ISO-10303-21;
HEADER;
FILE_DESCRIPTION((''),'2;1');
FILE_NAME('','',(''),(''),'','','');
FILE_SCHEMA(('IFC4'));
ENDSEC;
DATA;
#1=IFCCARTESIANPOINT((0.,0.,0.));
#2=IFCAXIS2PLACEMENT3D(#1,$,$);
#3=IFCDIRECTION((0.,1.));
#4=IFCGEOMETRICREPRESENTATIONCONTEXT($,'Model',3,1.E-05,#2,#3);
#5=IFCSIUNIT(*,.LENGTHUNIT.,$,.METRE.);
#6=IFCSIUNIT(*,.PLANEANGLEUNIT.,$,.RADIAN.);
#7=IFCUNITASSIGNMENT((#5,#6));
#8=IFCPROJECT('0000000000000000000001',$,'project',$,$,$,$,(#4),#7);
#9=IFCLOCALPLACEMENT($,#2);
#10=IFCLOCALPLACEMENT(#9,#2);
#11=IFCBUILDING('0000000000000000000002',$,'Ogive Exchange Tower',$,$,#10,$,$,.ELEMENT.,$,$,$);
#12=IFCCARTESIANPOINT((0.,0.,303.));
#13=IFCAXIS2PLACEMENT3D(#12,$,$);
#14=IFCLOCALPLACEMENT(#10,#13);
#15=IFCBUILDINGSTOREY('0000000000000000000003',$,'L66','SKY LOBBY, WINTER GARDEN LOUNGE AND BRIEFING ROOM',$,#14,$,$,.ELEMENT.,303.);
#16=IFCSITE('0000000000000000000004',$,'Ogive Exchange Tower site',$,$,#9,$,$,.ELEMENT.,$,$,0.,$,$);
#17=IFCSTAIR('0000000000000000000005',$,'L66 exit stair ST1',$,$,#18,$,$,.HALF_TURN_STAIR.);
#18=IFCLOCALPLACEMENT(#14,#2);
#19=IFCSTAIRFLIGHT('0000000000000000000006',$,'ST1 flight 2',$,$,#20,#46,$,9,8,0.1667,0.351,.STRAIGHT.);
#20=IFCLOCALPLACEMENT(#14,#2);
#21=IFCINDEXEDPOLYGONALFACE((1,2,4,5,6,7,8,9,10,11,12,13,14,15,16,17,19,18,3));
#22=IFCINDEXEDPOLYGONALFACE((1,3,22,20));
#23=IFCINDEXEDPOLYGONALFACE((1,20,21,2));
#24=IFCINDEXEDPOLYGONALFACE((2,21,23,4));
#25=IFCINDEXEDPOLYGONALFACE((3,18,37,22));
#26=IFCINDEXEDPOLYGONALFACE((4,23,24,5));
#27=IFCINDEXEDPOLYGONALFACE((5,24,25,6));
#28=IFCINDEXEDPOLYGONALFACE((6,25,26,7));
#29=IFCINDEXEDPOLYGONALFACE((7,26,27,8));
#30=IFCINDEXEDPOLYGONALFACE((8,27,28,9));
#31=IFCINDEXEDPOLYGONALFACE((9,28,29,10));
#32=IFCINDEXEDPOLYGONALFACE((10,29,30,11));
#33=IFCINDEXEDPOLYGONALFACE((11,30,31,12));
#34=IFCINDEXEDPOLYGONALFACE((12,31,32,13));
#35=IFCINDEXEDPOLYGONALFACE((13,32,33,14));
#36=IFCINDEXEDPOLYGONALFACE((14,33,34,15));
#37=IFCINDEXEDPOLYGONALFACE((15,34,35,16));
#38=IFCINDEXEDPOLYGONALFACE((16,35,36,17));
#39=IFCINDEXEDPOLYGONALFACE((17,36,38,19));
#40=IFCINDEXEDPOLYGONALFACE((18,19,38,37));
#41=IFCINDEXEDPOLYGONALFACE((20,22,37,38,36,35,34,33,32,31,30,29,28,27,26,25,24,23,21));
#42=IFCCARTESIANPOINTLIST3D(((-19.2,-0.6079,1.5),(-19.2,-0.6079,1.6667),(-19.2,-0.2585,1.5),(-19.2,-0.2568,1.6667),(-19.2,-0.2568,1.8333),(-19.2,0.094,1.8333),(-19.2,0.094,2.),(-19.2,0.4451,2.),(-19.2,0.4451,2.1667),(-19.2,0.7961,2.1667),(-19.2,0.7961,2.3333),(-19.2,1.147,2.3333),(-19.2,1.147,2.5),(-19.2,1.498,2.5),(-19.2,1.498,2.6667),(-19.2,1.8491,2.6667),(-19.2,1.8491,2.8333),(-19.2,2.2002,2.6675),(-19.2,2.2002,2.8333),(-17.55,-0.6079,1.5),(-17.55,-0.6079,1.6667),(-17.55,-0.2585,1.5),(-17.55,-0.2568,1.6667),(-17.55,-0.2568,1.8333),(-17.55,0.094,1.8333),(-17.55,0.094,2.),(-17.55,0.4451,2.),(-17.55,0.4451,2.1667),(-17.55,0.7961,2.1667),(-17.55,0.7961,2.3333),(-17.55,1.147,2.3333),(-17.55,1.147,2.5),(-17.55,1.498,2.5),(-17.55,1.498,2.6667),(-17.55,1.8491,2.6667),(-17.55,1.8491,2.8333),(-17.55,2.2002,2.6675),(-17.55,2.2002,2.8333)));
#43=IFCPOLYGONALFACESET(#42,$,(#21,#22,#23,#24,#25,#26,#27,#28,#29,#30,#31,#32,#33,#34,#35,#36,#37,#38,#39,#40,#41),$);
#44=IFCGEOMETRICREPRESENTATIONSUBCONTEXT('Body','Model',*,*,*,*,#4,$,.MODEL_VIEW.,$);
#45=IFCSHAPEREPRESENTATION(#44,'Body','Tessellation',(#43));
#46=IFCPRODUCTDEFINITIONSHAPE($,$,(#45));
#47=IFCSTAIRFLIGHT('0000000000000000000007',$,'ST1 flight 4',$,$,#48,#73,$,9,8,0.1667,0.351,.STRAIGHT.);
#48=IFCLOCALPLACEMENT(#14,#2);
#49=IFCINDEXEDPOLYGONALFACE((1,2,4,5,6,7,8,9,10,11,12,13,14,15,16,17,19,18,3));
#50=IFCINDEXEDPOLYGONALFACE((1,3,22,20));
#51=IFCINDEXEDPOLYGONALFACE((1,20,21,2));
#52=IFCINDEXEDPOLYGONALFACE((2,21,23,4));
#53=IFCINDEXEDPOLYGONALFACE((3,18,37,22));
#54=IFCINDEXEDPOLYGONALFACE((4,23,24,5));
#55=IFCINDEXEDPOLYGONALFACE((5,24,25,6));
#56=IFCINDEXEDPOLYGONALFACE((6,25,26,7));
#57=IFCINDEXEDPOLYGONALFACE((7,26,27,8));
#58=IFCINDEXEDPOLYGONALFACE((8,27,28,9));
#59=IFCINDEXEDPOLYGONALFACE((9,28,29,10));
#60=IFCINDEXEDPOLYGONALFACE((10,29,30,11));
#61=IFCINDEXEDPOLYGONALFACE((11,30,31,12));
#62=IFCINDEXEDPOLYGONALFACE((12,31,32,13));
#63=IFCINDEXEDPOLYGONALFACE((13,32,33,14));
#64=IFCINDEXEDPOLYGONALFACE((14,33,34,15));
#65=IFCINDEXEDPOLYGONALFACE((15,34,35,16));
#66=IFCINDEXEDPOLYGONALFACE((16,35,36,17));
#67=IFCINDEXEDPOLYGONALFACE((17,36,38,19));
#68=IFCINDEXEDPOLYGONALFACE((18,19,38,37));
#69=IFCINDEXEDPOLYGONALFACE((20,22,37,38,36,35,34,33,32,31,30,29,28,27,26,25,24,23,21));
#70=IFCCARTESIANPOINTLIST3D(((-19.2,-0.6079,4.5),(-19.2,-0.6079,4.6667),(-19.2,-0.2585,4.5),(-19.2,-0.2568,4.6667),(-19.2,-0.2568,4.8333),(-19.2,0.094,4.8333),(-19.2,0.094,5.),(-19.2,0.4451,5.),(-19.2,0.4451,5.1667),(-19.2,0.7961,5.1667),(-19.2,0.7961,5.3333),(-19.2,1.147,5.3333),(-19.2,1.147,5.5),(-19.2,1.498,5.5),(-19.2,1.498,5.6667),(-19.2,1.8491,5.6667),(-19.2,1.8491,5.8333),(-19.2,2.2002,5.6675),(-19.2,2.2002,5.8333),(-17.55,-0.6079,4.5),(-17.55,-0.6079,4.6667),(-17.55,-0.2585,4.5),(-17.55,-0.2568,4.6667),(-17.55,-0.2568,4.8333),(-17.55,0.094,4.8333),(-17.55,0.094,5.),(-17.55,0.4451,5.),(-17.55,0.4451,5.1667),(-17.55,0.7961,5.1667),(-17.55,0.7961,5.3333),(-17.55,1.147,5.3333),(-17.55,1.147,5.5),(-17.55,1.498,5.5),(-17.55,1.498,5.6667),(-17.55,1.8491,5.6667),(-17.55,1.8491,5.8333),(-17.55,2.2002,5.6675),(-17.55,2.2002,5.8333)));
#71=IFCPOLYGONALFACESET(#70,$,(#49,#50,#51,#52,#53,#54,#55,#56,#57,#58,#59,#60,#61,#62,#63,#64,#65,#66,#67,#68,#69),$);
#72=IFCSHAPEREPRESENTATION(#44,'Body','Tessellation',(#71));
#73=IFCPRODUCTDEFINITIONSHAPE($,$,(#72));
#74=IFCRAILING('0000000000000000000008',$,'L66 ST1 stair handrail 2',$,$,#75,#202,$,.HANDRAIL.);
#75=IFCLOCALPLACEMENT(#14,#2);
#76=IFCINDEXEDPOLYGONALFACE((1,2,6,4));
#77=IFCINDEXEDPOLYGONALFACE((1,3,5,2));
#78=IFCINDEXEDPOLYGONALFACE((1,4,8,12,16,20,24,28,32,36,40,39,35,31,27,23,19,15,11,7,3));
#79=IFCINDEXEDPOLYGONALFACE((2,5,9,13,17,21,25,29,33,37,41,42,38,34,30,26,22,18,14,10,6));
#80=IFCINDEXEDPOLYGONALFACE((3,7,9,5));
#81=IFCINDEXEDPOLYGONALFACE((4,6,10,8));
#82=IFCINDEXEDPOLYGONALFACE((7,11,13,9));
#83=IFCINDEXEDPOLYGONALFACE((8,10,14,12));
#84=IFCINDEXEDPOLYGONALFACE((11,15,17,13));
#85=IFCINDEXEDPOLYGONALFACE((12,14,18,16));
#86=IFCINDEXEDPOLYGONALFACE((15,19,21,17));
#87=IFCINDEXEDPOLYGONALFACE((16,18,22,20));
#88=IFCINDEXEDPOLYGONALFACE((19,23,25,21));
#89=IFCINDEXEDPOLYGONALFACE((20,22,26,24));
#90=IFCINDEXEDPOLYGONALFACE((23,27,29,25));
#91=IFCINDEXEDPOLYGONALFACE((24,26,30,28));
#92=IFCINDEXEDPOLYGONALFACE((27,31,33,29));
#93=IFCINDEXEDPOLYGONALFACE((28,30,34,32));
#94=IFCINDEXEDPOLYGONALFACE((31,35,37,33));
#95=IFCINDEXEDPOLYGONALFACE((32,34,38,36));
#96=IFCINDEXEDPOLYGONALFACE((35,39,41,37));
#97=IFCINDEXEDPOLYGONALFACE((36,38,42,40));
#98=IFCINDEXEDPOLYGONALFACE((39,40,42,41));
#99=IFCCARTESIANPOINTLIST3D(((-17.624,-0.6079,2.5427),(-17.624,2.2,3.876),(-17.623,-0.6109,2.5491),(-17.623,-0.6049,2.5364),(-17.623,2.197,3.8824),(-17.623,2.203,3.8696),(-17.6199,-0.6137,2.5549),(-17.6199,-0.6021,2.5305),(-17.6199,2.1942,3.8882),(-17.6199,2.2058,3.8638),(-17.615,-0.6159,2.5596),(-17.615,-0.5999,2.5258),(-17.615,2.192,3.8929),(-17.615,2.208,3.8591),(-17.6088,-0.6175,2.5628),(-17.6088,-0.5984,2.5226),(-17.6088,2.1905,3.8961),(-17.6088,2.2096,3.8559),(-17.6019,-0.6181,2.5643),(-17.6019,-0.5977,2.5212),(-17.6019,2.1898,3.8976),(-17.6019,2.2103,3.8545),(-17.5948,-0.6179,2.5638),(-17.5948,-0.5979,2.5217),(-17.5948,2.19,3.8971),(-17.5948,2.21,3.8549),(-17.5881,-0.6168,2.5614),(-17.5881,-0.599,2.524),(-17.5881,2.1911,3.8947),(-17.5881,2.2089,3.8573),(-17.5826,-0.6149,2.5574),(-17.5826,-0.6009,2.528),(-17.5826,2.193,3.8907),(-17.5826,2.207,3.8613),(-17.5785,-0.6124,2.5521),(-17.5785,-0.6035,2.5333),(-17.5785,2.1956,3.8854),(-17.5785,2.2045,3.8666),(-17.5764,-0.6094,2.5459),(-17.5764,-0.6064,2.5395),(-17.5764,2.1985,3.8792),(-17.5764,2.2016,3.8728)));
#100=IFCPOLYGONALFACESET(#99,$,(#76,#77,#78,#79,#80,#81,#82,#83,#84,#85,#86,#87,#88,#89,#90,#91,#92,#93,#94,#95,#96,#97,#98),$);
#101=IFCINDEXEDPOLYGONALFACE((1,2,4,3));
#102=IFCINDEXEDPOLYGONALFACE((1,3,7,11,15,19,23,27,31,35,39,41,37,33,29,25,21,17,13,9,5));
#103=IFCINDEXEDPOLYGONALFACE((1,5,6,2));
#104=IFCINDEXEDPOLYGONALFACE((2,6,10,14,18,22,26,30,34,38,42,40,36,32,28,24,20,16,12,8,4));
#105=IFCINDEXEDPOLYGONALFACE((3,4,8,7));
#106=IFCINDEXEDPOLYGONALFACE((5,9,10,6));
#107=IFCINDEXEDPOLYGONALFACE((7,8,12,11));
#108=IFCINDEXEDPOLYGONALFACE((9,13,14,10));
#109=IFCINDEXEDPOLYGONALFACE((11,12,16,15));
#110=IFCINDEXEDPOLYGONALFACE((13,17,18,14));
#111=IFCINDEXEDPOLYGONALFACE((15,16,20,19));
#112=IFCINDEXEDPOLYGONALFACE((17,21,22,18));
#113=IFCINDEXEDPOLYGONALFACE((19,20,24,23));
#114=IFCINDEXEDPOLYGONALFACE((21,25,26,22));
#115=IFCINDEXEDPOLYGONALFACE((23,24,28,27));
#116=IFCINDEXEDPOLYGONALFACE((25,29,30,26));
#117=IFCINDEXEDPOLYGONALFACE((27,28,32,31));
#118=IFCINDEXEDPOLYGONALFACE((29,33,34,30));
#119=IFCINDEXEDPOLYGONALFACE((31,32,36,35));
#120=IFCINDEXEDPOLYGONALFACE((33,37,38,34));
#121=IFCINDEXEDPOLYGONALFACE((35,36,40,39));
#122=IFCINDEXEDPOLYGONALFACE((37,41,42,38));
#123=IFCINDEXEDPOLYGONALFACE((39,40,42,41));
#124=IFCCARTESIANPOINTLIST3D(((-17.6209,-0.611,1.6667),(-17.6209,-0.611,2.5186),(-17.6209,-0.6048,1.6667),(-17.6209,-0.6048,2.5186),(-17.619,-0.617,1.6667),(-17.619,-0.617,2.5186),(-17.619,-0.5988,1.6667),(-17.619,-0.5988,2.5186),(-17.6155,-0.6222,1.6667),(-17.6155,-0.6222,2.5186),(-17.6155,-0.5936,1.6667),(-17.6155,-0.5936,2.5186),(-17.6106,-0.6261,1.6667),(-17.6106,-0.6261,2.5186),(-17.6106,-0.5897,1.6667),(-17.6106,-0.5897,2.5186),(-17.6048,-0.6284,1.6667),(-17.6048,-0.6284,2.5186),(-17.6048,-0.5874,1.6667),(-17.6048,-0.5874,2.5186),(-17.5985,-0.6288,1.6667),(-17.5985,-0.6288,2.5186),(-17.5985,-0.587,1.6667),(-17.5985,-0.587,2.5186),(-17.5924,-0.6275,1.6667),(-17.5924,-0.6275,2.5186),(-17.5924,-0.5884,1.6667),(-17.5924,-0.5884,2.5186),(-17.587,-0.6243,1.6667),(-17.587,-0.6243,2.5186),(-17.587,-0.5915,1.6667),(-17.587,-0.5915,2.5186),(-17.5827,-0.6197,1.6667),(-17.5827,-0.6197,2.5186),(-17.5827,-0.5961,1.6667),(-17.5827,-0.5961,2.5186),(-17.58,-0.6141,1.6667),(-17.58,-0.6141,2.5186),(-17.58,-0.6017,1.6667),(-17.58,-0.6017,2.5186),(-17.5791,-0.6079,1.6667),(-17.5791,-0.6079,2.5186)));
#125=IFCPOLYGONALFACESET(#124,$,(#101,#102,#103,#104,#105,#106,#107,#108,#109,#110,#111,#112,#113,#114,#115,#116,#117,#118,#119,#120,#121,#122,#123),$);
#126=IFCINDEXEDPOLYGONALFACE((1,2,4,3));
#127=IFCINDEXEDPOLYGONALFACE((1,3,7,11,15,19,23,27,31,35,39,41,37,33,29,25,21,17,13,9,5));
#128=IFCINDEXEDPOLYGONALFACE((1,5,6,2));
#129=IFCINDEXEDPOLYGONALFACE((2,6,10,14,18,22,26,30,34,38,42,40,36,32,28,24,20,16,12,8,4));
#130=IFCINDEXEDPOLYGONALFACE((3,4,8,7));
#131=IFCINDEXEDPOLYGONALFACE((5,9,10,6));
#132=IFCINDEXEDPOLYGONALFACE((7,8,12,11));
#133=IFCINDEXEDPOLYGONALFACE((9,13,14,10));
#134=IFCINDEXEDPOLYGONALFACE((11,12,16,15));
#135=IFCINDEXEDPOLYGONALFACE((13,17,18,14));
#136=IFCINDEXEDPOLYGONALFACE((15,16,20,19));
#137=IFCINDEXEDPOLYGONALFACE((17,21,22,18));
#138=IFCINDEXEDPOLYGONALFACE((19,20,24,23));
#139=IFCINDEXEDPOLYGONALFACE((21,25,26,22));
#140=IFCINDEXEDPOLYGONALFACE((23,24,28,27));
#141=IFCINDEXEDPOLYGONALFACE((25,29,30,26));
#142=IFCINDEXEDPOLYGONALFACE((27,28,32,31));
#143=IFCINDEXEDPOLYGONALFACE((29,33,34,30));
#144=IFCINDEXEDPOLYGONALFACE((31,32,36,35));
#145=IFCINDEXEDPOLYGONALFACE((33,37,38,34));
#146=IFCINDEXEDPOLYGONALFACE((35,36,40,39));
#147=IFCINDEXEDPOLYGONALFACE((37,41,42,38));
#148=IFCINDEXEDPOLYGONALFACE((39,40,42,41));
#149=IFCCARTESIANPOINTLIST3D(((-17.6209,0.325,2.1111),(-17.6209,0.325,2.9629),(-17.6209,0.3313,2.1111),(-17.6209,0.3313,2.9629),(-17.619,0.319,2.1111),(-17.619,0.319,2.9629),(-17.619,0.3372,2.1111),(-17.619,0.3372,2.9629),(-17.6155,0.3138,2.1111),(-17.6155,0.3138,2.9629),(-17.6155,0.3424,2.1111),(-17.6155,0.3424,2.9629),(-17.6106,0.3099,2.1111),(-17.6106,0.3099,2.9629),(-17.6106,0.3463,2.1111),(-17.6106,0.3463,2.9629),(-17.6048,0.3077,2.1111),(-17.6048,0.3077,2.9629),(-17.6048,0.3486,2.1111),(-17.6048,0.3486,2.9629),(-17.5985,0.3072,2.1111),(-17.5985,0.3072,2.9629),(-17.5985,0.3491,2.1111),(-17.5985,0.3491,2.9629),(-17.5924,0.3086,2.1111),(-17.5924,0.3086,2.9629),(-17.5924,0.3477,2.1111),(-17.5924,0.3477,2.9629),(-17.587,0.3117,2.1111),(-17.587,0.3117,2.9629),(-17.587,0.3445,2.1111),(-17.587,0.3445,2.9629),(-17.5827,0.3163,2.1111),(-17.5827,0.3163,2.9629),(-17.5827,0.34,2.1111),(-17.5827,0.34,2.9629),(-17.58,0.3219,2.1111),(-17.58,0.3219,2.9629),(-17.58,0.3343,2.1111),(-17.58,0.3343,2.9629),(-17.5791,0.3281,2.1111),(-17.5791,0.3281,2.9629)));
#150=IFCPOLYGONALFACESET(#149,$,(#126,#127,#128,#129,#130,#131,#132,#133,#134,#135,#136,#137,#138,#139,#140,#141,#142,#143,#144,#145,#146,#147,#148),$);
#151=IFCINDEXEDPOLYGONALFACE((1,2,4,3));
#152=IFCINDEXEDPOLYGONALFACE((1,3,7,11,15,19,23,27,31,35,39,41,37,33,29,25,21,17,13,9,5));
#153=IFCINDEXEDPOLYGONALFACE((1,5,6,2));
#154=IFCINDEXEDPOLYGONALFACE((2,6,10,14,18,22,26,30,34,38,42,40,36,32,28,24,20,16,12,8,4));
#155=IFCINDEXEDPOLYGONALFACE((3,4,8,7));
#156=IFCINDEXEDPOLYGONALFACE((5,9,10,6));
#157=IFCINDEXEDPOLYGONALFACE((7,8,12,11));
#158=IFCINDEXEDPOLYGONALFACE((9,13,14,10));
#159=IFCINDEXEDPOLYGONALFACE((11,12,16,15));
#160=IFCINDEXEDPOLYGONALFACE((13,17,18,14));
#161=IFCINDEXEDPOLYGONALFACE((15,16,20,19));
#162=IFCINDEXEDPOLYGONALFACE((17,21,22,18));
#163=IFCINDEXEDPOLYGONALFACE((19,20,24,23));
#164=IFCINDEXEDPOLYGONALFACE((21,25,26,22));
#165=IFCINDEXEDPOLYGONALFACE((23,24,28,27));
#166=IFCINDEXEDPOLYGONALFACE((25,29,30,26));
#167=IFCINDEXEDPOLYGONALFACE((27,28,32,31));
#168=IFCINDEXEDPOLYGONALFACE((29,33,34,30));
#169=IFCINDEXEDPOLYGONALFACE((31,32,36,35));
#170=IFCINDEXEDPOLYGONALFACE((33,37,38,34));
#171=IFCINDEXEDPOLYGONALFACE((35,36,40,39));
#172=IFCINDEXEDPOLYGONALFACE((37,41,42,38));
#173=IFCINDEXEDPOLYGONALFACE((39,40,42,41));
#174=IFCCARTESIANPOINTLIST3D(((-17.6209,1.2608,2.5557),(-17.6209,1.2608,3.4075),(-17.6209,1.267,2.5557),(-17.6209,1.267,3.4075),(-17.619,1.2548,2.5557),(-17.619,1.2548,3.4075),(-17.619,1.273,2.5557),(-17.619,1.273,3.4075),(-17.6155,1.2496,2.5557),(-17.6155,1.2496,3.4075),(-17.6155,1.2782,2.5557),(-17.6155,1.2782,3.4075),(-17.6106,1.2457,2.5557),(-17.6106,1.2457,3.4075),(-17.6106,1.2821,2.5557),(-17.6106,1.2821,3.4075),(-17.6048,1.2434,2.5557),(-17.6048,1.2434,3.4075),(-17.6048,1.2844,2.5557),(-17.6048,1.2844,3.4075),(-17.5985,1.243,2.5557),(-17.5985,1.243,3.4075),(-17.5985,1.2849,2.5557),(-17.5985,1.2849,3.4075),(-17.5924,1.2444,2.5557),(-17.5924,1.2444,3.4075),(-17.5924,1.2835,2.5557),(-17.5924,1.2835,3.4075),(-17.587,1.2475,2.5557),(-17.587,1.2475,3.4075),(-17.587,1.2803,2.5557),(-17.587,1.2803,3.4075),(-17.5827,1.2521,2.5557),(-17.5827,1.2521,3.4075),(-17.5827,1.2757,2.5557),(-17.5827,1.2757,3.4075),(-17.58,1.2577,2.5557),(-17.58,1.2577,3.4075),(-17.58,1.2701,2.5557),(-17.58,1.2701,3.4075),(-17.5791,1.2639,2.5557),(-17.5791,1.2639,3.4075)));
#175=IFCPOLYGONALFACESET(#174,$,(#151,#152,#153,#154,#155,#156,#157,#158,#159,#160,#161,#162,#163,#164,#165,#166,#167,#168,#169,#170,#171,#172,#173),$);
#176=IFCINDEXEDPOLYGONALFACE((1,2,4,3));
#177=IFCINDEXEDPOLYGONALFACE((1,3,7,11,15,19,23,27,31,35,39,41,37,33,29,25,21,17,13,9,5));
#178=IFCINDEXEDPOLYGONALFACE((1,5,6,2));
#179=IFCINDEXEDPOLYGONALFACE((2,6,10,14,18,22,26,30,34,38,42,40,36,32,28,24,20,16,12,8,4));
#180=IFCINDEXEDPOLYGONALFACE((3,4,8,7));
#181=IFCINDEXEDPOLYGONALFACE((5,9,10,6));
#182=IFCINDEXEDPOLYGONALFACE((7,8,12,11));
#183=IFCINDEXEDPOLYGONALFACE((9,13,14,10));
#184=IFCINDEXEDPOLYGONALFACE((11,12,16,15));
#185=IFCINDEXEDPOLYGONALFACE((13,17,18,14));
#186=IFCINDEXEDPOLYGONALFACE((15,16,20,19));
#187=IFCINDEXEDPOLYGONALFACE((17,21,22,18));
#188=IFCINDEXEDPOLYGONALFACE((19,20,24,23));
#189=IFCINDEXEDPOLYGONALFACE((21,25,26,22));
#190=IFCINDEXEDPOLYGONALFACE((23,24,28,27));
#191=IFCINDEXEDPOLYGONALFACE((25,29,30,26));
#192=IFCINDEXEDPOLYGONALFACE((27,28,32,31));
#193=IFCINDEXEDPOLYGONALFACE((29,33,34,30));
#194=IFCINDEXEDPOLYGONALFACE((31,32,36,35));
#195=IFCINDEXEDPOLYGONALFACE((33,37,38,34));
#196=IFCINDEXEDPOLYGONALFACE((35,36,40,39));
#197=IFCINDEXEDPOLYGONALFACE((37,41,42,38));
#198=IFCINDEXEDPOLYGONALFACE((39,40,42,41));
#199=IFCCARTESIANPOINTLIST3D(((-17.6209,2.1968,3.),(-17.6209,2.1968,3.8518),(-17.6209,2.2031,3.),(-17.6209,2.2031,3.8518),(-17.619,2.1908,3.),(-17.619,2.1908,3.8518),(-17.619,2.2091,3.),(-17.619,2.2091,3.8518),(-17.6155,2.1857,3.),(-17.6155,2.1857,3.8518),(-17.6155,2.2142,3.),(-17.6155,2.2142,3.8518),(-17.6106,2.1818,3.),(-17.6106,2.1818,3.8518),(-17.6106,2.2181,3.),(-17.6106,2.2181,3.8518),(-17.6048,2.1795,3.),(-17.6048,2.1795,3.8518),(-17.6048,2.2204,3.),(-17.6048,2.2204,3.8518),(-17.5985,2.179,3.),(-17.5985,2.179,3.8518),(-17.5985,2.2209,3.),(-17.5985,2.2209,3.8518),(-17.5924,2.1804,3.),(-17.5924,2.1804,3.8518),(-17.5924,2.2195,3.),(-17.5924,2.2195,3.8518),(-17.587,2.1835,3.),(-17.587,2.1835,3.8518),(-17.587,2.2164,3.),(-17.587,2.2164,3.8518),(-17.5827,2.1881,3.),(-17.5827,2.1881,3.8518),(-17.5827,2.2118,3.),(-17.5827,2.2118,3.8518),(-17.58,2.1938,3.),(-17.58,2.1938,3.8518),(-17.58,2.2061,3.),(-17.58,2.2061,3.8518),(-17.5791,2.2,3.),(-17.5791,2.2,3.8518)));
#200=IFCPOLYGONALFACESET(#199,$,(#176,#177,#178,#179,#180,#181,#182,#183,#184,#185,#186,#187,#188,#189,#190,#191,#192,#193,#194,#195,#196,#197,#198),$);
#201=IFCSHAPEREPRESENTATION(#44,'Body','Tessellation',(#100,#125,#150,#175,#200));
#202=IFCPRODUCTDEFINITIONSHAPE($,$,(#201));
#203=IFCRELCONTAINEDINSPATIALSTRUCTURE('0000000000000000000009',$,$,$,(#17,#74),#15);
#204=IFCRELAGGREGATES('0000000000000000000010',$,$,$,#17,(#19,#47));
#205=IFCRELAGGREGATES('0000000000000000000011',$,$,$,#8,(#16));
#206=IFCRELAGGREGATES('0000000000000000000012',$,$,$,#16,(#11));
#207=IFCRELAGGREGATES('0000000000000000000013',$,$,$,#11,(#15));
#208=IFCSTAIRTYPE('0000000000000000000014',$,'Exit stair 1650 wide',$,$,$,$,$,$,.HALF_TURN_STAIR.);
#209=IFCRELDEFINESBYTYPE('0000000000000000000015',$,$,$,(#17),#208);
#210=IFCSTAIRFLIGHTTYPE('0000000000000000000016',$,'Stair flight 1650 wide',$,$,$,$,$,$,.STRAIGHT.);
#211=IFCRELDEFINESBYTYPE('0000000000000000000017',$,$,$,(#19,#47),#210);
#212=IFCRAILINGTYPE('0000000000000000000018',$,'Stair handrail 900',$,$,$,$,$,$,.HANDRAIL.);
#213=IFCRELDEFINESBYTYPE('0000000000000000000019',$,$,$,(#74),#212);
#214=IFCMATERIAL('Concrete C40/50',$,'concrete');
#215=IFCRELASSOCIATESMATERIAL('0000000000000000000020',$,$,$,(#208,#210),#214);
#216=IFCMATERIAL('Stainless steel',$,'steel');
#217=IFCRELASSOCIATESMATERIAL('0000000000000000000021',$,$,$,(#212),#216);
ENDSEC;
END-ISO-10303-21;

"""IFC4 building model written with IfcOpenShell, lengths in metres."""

from ifc_helpers import new_model, si_unit, direction, frame, origin, origin_2d, place, context, subcontext, project, spatial, polyline, circle, outline, extrude, material, type_object, element, aggregate, save


model = new_model("IFC4")

# Units and contexts
model_context = context("Model", 3, precision=1e-05, world=origin(), true_north=direction((0.0, 1.0)))
body_context = subcontext(model_context, "Body", "Model", "MODEL_VIEW")
ifc_project = project(units=[si_unit("LENGTHUNIT", "METRE"), si_unit("PLANEANGLEUNIT", "RADIAN")], contexts=[model_context])

# Site, building, storey
site_placement = place(None, origin())
site = spatial("IfcSite", under=ifc_project, at=site_placement, Name="Ogive Exchange Tower site", CompositionType="ELEMENT", RefElevation=0.0)
building_placement = place(site_placement, origin())
building = spatial("IfcBuilding", under=site, at=building_placement, Name="Ogive Exchange Tower", CompositionType="ELEMENT")
storey_placement = place(building_placement, frame((0.0, 0.0, 303.0)))
storey = spatial("IfcBuildingStorey", under=building, at=storey_placement, Name="L66", Description="SKY LOBBY, WINTER GARDEN LOUNGE AND BRIEFING ROOM", CompositionType="ELEMENT", Elevation=303.0)

# Shared definitions
ifc_material_1 = material(Name="Stainless steel", Category="steel")

# Stair, stair flights
ifc_material_2 = material(Name="Concrete C40/50", Category="concrete")
stair_type = type_object("IfcStairType", Name="Exit stair 1650 wide", PredefinedType="HALF_TURN_STAIR", material=ifc_material_2)
stair_placement = place(storey_placement, origin())
stair = element("IfcStair", 1, at=stair_placement, inside=storey, type_object=stair_type, Name="L66 exit stair ST1", PredefinedType="HALF_TURN_STAIR")
stair_flight_type = type_object("IfcStairFlightType", Name="Stair flight 1650 wide", PredefinedType="STRAIGHT", material=ifc_material_2)
stair_flight_1_placement = place(storey_placement, frame((-18.375, -0.6079, 1.5), z_axis=(0.0, 0.0, 1.0), x_axis=(0.0, 1.0, 0.0)))
stair_flight_1 = element("IfcStairFlight", 2, at=stair_flight_1_placement, type_object=stair_flight_type, Name="ST1 flight 2", NumberOfRisers=9, NumberOfTreads=8, PredefinedType="STRAIGHT", RiserHeight=0.1667, TreadLength=0.351, context=body_context, shape_type="SweptSolid", body=[
    extrude(outline(polyline([(0.0, 0.0), (0.0, 0.1667), (0.3511, 0.1667), (0.3511, 0.3333), (0.7019, 0.3333), (0.7019, 0.5), (1.053, 0.5), (1.053, 0.6667), (1.4041, 0.6667), (1.4041, 0.8333), (1.7549, 0.8333), (1.7549, 1.0), (2.106, 1.0), (2.106, 1.1667), (2.457, 1.1667), (2.457, 1.3333), (2.8081, 1.3333), (2.8081, 1.5), (2.8081, 1.1675), (0.3494, 0.0), (0.0, 0.0)])), frame((0.0, 0.825, 0.0), z_axis=(0.0, -1.0, 0.0), x_axis=(1.0, 0.0, 0.0)), (0.0, 0.0, 1.0), 1.6499),
])
stair_flight_2_placement = place(storey_placement, frame((-18.375, -0.6079, 4.5), z_axis=(0.0, 0.0, 1.0), x_axis=(0.0, 1.0, 0.0)))
stair_flight_2 = element("IfcStairFlight", 3, at=stair_flight_2_placement, type_object=stair_flight_type, Name="ST1 flight 4", NumberOfRisers=9, NumberOfTreads=8, PredefinedType="STRAIGHT", RiserHeight=0.1667, TreadLength=0.351, context=body_context, shape_type="SweptSolid", body=[
    extrude(outline(polyline([(0.0, 0.0), (0.0, 0.1667), (0.3511, 0.1667), (0.3511, 0.3333), (0.7019, 0.3333), (0.7019, 0.5), (1.053, 0.5), (1.053, 0.6667), (1.4041, 0.6667), (1.4041, 0.8333), (1.7549, 0.8333), (1.7549, 1.0), (2.106, 1.0), (2.106, 1.1667), (2.457, 1.1667), (2.457, 1.3333), (2.8081, 1.3333), (2.8081, 1.5), (2.8081, 1.1675), (0.3494, 0.0), (0.0, 0.0)])), frame((0.0, 0.825, 0.0), z_axis=(0.0, -1.0, 0.0), x_axis=(1.0, 0.0, 0.0)), (0.0, 0.0, 1.0), 1.6499),
])
aggregate(stair, [stair_flight_1, stair_flight_2])

# Railing
railing_type = type_object("IfcRailingType", Name="Stair handrail 900", PredefinedType="HANDRAIL", material=ifc_material_1)
railing_placement = place(storey_placement, frame((-17.6001, -0.6079, 1.6667)))
element("IfcRailing", 4, at=railing_placement, inside=storey, type_object=railing_type, Name="L66 ST1 stair handrail 2", PredefinedType="HANDRAIL", context=body_context, shape_type="SweptSolid", body=[
    extrude(circle(Radius=0.0239, at=origin_2d()), frame((0.0, 0.0, 0.876), z_axis=(0.0, 0.903338, 0.42893), x_axis=(-1.0, 0.0, 0.0)), (0.0, 0.0, 1.0), 3.1084),
    extrude(circle(Radius=0.021, at=origin_2d()), origin(), (0.0, 0.0, 1.0), 0.8518),
    extrude(circle(Radius=0.021, at=origin_2d()), frame((0.0, 0.936, 0.4443)), (0.0, 0.0, 1.0), 0.8518),
    extrude(circle(Radius=0.021, at=origin_2d()), frame((0.0, 1.8718, 0.8889)), (0.0, 0.0, 1.0), 0.8518),
    extrude(circle(Radius=0.021, at=origin_2d()), frame((0.0, 2.8079, 1.3333)), (0.0, 0.0, 1.0), 0.8518),
])

save(model, "model.ifc")
